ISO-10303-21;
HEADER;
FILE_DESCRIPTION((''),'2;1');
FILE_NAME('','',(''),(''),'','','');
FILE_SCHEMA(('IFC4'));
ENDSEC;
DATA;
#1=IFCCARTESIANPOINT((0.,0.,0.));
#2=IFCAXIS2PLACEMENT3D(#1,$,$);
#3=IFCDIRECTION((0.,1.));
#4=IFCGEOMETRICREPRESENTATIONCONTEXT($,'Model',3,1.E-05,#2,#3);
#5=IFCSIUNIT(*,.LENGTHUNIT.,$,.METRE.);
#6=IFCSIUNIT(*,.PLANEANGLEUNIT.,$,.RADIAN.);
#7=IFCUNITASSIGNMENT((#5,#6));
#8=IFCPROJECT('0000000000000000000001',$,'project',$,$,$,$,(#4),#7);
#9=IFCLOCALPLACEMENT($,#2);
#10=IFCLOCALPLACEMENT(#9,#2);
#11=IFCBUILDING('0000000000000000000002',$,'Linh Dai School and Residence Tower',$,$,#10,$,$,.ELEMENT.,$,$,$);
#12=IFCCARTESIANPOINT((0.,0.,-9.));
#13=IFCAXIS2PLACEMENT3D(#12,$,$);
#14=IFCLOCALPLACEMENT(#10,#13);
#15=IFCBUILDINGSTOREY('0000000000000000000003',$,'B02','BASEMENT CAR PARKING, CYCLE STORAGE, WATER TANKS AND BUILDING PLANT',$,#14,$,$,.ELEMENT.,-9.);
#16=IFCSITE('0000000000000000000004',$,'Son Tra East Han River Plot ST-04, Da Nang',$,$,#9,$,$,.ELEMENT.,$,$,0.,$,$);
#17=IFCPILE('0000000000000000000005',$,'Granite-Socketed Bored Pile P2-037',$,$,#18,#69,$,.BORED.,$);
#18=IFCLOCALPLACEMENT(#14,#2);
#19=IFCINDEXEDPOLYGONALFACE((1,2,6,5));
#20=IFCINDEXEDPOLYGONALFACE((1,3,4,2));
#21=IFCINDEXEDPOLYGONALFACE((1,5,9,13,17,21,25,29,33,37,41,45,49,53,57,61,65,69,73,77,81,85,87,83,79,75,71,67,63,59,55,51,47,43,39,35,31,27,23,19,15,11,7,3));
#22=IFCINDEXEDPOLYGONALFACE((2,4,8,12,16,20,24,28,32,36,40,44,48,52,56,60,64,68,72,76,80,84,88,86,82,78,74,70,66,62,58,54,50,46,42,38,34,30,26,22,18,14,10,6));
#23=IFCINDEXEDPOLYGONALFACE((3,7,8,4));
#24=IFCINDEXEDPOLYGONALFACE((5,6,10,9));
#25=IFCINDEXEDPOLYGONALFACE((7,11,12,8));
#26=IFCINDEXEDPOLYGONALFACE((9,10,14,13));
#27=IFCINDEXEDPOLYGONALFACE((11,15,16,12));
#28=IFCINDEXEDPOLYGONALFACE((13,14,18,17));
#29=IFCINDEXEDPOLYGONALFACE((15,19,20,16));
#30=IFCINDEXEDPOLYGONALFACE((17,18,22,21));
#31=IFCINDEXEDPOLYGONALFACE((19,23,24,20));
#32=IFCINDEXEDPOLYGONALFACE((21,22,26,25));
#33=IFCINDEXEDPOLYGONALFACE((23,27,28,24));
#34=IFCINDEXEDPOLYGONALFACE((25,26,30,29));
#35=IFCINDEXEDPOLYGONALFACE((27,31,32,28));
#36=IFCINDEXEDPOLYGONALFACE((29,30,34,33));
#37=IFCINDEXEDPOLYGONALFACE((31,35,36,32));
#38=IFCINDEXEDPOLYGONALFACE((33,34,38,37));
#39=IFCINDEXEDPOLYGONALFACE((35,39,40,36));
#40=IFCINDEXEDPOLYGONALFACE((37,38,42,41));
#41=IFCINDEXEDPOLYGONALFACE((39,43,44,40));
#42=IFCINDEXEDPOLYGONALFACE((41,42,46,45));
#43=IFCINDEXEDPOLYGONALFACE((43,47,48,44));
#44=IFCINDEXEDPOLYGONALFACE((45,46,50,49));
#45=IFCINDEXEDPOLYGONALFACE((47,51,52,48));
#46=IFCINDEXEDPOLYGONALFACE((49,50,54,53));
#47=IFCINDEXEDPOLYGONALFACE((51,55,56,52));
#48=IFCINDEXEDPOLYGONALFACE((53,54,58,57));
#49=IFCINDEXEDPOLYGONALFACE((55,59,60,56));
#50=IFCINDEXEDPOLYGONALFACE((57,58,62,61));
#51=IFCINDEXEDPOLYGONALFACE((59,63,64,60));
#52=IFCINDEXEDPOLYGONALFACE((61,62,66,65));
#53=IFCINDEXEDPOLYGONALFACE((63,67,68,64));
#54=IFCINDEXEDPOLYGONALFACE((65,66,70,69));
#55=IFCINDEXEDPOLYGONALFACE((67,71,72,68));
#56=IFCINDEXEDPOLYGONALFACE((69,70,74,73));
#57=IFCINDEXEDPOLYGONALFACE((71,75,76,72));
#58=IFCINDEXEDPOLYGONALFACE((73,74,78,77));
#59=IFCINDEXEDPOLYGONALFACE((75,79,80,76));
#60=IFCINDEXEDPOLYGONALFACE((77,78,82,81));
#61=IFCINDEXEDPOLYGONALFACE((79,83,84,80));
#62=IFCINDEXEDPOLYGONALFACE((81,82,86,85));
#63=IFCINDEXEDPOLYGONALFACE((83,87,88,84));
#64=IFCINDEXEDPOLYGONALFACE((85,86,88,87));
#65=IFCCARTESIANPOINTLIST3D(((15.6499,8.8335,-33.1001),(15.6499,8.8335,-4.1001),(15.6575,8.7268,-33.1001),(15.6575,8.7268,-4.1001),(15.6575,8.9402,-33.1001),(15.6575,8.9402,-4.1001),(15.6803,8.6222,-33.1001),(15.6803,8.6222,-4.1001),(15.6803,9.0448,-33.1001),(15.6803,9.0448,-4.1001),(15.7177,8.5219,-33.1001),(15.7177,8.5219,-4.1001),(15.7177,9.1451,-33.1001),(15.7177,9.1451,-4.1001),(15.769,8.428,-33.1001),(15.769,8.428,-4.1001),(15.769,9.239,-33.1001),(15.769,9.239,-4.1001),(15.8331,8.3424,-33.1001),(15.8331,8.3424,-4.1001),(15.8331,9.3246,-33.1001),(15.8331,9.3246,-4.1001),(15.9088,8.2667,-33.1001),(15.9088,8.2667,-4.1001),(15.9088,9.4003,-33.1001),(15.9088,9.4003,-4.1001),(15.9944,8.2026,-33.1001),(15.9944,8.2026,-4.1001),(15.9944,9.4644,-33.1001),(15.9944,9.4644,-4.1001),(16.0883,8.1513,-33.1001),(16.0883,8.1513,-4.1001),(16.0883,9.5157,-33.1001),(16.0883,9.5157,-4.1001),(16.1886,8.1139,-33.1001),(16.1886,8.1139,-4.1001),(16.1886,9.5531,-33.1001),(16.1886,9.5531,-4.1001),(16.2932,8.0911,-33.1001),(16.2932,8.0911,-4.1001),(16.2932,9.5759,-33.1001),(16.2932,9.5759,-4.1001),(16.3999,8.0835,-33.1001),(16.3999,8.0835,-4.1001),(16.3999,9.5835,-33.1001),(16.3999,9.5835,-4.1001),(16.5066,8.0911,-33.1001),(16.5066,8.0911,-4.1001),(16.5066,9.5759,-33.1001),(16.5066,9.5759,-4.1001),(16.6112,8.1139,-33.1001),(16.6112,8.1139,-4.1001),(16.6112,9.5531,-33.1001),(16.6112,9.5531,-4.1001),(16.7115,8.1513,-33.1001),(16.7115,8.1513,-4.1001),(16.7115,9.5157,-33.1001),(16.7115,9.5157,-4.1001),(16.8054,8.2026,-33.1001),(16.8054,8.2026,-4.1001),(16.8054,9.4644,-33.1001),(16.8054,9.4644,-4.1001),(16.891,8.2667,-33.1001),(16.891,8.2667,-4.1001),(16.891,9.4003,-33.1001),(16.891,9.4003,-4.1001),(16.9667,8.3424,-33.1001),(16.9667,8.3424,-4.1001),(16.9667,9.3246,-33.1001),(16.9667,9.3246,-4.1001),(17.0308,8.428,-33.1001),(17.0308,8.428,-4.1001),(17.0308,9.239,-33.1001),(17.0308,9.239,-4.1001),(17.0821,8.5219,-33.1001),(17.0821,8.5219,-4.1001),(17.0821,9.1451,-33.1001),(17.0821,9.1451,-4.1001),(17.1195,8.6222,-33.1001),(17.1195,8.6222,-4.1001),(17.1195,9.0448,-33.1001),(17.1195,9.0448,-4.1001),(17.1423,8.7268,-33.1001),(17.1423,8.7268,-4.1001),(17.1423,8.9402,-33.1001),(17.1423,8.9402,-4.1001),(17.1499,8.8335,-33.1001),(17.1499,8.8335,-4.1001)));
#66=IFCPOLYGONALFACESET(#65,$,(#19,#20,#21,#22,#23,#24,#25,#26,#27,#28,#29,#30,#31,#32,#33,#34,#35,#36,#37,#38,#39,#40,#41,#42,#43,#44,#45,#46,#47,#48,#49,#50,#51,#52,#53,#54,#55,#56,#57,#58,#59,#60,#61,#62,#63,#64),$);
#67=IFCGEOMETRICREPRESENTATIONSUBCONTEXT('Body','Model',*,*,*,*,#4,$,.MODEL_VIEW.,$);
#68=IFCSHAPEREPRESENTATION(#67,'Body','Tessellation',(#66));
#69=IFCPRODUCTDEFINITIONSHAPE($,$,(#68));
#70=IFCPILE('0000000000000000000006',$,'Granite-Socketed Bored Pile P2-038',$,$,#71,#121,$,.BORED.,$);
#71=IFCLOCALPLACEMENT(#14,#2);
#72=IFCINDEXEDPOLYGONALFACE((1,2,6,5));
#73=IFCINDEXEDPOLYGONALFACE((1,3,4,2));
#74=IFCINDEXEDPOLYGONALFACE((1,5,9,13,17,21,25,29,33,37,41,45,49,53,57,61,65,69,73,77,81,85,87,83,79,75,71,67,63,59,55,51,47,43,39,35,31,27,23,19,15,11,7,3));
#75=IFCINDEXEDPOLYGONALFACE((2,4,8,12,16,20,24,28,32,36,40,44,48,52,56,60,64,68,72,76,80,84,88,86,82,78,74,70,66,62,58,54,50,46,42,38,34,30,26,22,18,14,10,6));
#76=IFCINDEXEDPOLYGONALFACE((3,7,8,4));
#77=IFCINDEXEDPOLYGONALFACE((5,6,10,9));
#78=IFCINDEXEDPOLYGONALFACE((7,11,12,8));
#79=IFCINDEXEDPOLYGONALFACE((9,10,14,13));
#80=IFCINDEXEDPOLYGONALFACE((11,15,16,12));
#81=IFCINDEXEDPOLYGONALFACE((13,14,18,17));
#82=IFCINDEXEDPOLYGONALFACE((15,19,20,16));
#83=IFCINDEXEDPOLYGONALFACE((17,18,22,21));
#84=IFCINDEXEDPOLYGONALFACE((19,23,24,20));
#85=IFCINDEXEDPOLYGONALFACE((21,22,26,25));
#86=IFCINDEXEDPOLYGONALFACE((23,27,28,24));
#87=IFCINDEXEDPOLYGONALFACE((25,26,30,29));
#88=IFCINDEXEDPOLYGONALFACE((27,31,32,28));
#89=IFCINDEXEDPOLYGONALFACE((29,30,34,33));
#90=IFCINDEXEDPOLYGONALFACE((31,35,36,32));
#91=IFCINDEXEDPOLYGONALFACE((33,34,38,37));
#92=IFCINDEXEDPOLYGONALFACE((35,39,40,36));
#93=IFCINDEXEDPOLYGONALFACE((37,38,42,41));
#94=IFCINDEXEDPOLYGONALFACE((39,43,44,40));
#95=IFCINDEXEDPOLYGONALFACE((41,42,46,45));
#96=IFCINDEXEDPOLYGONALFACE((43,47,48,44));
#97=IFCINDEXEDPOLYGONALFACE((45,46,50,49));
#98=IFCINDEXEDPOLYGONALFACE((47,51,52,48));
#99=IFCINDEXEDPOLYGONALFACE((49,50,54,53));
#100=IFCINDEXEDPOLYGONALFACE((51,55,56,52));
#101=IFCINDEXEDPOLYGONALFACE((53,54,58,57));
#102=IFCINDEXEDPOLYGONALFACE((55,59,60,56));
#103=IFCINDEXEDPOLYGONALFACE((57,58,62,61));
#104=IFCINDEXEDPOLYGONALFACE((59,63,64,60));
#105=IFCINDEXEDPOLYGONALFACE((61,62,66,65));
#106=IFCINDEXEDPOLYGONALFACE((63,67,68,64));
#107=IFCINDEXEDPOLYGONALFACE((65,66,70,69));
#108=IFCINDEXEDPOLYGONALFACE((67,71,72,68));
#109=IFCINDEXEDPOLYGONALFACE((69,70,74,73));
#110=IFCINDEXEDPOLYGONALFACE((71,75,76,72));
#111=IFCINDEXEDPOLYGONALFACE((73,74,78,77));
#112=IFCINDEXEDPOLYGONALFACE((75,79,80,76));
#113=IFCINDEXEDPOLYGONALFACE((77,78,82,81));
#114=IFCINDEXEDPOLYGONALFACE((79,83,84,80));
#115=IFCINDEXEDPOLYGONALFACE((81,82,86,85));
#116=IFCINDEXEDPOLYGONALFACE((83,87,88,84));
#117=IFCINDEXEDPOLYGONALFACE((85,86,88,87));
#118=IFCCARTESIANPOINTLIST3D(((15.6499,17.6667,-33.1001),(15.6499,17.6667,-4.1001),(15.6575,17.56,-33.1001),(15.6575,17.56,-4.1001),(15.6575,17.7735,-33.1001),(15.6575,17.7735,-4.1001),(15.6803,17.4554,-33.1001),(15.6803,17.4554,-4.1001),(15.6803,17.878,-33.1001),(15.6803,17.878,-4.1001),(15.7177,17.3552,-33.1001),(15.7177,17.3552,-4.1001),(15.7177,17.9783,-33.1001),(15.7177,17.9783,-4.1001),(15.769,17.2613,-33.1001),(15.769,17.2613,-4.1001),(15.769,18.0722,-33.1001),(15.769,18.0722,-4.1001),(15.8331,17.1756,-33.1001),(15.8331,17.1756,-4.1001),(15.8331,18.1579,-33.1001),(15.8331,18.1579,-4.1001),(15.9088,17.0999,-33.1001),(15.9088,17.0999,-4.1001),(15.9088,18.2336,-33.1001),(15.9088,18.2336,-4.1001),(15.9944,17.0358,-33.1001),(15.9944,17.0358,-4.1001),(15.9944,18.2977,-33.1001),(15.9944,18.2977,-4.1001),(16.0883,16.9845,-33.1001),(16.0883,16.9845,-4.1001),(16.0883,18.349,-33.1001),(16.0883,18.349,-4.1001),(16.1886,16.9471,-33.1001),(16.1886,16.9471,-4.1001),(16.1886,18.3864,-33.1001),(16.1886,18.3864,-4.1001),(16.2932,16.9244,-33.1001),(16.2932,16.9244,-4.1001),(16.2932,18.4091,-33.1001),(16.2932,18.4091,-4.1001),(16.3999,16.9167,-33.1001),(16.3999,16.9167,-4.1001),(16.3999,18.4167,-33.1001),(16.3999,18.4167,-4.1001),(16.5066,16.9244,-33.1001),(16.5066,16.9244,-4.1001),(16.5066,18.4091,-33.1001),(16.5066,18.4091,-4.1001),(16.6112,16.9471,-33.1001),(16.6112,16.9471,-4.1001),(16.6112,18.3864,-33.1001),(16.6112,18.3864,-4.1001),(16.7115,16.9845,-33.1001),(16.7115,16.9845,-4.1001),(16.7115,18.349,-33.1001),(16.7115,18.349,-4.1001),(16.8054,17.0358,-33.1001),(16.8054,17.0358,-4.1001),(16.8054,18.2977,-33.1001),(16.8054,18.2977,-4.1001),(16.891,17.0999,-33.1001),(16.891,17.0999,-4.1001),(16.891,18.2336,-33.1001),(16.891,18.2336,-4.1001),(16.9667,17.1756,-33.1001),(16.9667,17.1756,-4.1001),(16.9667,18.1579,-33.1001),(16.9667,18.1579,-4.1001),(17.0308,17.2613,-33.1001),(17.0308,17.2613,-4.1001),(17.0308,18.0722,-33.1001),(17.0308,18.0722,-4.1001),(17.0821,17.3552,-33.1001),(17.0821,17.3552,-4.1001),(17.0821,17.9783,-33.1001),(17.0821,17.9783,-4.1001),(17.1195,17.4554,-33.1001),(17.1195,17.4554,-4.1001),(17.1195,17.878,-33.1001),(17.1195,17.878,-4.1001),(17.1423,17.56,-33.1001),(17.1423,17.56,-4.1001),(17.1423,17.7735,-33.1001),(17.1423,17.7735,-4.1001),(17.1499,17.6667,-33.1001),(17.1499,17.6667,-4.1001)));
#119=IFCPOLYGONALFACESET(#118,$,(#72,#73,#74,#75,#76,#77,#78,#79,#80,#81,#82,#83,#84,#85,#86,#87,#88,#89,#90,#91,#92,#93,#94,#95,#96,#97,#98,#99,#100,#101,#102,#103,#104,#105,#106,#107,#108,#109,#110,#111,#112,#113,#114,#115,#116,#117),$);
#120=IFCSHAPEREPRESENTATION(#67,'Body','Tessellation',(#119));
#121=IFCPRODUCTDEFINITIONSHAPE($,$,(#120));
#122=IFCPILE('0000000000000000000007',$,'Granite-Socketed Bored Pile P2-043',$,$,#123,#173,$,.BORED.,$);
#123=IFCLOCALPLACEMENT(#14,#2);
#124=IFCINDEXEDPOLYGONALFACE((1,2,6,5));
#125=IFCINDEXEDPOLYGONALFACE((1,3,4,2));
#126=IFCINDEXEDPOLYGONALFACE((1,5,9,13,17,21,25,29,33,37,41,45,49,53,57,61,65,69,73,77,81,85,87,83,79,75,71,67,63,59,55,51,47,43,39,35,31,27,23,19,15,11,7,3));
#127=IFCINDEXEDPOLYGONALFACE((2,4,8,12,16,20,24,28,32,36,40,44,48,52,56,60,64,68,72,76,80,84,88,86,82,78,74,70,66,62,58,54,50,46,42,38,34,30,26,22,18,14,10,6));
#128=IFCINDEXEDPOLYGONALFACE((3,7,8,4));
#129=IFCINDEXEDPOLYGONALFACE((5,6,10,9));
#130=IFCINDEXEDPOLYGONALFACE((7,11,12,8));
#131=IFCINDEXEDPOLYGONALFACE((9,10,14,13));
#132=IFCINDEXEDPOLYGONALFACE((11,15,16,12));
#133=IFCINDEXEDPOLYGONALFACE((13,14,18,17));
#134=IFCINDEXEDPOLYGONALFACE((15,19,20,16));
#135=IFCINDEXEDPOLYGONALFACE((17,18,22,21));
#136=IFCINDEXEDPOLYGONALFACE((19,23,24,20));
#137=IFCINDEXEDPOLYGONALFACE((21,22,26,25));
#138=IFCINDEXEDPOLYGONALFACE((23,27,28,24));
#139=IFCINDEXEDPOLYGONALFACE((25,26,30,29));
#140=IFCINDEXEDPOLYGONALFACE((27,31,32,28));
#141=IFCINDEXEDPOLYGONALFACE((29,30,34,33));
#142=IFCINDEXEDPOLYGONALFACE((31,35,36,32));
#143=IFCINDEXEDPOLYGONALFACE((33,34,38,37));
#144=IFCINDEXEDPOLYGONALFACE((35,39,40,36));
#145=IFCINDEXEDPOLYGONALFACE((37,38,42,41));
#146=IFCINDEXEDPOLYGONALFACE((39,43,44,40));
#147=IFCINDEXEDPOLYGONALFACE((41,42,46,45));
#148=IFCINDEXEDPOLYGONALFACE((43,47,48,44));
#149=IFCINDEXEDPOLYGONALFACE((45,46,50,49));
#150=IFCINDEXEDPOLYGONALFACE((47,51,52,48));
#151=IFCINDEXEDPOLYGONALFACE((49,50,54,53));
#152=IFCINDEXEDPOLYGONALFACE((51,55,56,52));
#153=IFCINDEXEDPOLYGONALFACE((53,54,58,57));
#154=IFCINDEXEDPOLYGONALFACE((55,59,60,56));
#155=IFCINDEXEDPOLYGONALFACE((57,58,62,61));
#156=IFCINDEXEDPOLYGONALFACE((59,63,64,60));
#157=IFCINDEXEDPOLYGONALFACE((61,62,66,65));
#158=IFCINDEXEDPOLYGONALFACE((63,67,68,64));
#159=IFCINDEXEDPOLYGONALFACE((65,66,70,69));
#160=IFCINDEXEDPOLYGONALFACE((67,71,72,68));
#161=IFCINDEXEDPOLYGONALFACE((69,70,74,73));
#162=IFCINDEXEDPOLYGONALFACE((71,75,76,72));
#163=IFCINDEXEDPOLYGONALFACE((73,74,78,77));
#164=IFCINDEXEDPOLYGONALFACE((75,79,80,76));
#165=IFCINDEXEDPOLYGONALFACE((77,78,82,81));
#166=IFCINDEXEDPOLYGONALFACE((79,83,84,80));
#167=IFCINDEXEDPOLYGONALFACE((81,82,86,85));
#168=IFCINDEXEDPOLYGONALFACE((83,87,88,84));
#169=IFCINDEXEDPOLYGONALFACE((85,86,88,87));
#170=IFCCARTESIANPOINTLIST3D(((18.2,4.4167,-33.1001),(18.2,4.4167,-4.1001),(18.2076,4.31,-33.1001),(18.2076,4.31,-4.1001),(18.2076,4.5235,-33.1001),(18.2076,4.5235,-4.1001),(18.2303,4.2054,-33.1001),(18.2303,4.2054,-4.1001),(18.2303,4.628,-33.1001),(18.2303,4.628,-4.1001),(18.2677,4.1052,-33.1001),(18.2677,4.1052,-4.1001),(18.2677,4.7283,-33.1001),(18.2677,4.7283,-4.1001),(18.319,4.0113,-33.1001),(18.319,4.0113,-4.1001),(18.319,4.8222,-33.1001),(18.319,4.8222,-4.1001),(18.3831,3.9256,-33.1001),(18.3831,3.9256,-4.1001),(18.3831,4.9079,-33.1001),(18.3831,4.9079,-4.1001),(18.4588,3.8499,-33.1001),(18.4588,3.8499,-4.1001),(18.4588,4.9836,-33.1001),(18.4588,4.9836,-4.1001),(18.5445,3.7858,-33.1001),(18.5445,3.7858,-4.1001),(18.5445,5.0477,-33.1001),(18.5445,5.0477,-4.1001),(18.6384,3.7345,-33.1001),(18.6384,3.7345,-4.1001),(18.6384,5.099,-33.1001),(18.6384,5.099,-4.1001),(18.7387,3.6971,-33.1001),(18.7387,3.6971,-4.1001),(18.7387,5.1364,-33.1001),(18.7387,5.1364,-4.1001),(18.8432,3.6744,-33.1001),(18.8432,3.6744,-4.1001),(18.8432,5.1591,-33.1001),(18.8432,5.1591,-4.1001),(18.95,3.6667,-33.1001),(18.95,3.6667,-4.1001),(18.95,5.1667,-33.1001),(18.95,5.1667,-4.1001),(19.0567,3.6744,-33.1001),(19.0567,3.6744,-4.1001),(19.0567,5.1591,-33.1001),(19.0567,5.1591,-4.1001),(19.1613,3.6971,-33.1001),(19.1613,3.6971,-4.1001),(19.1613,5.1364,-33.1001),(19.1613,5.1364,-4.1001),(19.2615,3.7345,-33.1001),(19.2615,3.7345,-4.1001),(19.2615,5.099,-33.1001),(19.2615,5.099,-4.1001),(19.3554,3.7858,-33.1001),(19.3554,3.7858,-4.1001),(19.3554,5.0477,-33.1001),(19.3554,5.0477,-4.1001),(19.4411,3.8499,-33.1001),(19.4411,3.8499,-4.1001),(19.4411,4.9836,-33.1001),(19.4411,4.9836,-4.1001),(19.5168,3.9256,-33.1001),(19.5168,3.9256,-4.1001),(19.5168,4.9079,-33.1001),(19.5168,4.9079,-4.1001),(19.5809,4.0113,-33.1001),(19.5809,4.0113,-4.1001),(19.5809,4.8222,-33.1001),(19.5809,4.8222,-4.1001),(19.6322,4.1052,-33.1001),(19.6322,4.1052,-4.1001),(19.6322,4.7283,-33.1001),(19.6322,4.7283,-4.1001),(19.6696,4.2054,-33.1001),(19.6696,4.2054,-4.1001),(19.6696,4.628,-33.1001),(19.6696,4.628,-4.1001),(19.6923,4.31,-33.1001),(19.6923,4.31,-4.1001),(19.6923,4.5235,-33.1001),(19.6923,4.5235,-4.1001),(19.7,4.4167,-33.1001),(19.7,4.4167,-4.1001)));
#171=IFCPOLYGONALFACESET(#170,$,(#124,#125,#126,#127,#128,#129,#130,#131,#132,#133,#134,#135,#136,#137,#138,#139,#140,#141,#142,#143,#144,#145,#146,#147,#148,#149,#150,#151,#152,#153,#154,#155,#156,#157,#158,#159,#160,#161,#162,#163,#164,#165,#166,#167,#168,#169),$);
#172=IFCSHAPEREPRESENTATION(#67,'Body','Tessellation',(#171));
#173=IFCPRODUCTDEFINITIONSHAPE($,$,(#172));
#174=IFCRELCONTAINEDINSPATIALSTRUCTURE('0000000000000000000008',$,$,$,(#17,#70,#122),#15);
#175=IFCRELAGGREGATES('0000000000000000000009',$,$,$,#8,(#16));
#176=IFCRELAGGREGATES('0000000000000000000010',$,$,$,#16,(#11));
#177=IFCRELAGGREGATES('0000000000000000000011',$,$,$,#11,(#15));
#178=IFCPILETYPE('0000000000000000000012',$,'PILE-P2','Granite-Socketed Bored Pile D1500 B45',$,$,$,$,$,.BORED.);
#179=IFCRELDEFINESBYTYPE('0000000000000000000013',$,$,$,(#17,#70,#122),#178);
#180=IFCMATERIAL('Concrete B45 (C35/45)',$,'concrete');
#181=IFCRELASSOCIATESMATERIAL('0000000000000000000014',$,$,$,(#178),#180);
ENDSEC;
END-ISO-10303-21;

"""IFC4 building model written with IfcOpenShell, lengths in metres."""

from ifc_helpers import new_model, si_unit, direction, frame, origin, origin_2d, place, context, subcontext, project, spatial, circle, extrude, material, material_profile, profile_set, type_object, element, save


model = new_model("IFC4")

# Units and contexts
model_context = context("Model", 3, precision=1e-05, world=origin(), true_north=direction((0.0, 1.0)))
body_context = subcontext(model_context, "Body", "Model", "MODEL_VIEW")
ifc_project = project(units=[si_unit("LENGTHUNIT", "METRE"), si_unit("PLANEANGLEUNIT", "RADIAN")], contexts=[model_context])

# Site, building, storey
site_placement = place(None, origin())
site = spatial("IfcSite", under=ifc_project, at=site_placement, Name="Son Tra East Han River Plot ST-04, Da Nang", CompositionType="ELEMENT", RefElevation=0.0)
building_placement = place(site_placement, origin())
building = spatial("IfcBuilding", under=site, at=building_placement, Name="Linh Dai School and Residence Tower", CompositionType="ELEMENT")
storey_placement = place(building_placement, frame((0.0, 0.0, -9.0)))
storey = spatial("IfcBuildingStorey", under=building, at=storey_placement, Name="B02", Description="BASEMENT CAR PARKING, CYCLE STORAGE, WATER TANKS AND BUILDING PLANT", CompositionType="ELEMENT", Elevation=-9.0)

# Piles
ifc_material_1 = material(Name="Concrete B45 (C35/45)", Category="concrete")
ifc_material_profile_1 = material_profile(ifc_material_1, circle(Radius=0.75, at=origin_2d()), Name="PILE D1500")
ifc_profile_set_1 = profile_set([ifc_material_profile_1], Name="Concrete B45 (C35/45)")
pile_type_1 = type_object("IfcPileType", Name="PILE-P2", Description="Granite-Socketed Bored Pile D1500 B45", PredefinedType="BORED", material=ifc_profile_set_1)
for number, where, z_axis, x_axis, name in (
    (1, (16.3999, 8.8335, -4.1001), (0.0, 0.0, -1.0), (1.0, 0.0, 0.0), "Granite-Socketed Bored Pile P2-037"),
    (2, (16.3999, 17.6667, -4.1001), (0.0, 0.0, -1.0), (1.0, 0.0, 0.0), "Granite-Socketed Bored Pile P2-038"),
    (3, (18.95, 4.4167, -4.1001), (0.0, 0.0, -1.0), (1.0, 0.0, 0.0), "Granite-Socketed Bored Pile P2-043"),
):
    element("IfcPile", number, at=place(storey_placement, frame(where, z_axis=z_axis, x_axis=x_axis)), inside=storey, type_object=pile_type_1, Name=name, PredefinedType="BORED", context=body_context, shape_type="SweptSolid", body=[
        extrude(circle(Radius=0.75, at=origin_2d()), origin(), (0.0, 0.0, 1.0), 29.0),
    ])

save(model, "model.ifc")
